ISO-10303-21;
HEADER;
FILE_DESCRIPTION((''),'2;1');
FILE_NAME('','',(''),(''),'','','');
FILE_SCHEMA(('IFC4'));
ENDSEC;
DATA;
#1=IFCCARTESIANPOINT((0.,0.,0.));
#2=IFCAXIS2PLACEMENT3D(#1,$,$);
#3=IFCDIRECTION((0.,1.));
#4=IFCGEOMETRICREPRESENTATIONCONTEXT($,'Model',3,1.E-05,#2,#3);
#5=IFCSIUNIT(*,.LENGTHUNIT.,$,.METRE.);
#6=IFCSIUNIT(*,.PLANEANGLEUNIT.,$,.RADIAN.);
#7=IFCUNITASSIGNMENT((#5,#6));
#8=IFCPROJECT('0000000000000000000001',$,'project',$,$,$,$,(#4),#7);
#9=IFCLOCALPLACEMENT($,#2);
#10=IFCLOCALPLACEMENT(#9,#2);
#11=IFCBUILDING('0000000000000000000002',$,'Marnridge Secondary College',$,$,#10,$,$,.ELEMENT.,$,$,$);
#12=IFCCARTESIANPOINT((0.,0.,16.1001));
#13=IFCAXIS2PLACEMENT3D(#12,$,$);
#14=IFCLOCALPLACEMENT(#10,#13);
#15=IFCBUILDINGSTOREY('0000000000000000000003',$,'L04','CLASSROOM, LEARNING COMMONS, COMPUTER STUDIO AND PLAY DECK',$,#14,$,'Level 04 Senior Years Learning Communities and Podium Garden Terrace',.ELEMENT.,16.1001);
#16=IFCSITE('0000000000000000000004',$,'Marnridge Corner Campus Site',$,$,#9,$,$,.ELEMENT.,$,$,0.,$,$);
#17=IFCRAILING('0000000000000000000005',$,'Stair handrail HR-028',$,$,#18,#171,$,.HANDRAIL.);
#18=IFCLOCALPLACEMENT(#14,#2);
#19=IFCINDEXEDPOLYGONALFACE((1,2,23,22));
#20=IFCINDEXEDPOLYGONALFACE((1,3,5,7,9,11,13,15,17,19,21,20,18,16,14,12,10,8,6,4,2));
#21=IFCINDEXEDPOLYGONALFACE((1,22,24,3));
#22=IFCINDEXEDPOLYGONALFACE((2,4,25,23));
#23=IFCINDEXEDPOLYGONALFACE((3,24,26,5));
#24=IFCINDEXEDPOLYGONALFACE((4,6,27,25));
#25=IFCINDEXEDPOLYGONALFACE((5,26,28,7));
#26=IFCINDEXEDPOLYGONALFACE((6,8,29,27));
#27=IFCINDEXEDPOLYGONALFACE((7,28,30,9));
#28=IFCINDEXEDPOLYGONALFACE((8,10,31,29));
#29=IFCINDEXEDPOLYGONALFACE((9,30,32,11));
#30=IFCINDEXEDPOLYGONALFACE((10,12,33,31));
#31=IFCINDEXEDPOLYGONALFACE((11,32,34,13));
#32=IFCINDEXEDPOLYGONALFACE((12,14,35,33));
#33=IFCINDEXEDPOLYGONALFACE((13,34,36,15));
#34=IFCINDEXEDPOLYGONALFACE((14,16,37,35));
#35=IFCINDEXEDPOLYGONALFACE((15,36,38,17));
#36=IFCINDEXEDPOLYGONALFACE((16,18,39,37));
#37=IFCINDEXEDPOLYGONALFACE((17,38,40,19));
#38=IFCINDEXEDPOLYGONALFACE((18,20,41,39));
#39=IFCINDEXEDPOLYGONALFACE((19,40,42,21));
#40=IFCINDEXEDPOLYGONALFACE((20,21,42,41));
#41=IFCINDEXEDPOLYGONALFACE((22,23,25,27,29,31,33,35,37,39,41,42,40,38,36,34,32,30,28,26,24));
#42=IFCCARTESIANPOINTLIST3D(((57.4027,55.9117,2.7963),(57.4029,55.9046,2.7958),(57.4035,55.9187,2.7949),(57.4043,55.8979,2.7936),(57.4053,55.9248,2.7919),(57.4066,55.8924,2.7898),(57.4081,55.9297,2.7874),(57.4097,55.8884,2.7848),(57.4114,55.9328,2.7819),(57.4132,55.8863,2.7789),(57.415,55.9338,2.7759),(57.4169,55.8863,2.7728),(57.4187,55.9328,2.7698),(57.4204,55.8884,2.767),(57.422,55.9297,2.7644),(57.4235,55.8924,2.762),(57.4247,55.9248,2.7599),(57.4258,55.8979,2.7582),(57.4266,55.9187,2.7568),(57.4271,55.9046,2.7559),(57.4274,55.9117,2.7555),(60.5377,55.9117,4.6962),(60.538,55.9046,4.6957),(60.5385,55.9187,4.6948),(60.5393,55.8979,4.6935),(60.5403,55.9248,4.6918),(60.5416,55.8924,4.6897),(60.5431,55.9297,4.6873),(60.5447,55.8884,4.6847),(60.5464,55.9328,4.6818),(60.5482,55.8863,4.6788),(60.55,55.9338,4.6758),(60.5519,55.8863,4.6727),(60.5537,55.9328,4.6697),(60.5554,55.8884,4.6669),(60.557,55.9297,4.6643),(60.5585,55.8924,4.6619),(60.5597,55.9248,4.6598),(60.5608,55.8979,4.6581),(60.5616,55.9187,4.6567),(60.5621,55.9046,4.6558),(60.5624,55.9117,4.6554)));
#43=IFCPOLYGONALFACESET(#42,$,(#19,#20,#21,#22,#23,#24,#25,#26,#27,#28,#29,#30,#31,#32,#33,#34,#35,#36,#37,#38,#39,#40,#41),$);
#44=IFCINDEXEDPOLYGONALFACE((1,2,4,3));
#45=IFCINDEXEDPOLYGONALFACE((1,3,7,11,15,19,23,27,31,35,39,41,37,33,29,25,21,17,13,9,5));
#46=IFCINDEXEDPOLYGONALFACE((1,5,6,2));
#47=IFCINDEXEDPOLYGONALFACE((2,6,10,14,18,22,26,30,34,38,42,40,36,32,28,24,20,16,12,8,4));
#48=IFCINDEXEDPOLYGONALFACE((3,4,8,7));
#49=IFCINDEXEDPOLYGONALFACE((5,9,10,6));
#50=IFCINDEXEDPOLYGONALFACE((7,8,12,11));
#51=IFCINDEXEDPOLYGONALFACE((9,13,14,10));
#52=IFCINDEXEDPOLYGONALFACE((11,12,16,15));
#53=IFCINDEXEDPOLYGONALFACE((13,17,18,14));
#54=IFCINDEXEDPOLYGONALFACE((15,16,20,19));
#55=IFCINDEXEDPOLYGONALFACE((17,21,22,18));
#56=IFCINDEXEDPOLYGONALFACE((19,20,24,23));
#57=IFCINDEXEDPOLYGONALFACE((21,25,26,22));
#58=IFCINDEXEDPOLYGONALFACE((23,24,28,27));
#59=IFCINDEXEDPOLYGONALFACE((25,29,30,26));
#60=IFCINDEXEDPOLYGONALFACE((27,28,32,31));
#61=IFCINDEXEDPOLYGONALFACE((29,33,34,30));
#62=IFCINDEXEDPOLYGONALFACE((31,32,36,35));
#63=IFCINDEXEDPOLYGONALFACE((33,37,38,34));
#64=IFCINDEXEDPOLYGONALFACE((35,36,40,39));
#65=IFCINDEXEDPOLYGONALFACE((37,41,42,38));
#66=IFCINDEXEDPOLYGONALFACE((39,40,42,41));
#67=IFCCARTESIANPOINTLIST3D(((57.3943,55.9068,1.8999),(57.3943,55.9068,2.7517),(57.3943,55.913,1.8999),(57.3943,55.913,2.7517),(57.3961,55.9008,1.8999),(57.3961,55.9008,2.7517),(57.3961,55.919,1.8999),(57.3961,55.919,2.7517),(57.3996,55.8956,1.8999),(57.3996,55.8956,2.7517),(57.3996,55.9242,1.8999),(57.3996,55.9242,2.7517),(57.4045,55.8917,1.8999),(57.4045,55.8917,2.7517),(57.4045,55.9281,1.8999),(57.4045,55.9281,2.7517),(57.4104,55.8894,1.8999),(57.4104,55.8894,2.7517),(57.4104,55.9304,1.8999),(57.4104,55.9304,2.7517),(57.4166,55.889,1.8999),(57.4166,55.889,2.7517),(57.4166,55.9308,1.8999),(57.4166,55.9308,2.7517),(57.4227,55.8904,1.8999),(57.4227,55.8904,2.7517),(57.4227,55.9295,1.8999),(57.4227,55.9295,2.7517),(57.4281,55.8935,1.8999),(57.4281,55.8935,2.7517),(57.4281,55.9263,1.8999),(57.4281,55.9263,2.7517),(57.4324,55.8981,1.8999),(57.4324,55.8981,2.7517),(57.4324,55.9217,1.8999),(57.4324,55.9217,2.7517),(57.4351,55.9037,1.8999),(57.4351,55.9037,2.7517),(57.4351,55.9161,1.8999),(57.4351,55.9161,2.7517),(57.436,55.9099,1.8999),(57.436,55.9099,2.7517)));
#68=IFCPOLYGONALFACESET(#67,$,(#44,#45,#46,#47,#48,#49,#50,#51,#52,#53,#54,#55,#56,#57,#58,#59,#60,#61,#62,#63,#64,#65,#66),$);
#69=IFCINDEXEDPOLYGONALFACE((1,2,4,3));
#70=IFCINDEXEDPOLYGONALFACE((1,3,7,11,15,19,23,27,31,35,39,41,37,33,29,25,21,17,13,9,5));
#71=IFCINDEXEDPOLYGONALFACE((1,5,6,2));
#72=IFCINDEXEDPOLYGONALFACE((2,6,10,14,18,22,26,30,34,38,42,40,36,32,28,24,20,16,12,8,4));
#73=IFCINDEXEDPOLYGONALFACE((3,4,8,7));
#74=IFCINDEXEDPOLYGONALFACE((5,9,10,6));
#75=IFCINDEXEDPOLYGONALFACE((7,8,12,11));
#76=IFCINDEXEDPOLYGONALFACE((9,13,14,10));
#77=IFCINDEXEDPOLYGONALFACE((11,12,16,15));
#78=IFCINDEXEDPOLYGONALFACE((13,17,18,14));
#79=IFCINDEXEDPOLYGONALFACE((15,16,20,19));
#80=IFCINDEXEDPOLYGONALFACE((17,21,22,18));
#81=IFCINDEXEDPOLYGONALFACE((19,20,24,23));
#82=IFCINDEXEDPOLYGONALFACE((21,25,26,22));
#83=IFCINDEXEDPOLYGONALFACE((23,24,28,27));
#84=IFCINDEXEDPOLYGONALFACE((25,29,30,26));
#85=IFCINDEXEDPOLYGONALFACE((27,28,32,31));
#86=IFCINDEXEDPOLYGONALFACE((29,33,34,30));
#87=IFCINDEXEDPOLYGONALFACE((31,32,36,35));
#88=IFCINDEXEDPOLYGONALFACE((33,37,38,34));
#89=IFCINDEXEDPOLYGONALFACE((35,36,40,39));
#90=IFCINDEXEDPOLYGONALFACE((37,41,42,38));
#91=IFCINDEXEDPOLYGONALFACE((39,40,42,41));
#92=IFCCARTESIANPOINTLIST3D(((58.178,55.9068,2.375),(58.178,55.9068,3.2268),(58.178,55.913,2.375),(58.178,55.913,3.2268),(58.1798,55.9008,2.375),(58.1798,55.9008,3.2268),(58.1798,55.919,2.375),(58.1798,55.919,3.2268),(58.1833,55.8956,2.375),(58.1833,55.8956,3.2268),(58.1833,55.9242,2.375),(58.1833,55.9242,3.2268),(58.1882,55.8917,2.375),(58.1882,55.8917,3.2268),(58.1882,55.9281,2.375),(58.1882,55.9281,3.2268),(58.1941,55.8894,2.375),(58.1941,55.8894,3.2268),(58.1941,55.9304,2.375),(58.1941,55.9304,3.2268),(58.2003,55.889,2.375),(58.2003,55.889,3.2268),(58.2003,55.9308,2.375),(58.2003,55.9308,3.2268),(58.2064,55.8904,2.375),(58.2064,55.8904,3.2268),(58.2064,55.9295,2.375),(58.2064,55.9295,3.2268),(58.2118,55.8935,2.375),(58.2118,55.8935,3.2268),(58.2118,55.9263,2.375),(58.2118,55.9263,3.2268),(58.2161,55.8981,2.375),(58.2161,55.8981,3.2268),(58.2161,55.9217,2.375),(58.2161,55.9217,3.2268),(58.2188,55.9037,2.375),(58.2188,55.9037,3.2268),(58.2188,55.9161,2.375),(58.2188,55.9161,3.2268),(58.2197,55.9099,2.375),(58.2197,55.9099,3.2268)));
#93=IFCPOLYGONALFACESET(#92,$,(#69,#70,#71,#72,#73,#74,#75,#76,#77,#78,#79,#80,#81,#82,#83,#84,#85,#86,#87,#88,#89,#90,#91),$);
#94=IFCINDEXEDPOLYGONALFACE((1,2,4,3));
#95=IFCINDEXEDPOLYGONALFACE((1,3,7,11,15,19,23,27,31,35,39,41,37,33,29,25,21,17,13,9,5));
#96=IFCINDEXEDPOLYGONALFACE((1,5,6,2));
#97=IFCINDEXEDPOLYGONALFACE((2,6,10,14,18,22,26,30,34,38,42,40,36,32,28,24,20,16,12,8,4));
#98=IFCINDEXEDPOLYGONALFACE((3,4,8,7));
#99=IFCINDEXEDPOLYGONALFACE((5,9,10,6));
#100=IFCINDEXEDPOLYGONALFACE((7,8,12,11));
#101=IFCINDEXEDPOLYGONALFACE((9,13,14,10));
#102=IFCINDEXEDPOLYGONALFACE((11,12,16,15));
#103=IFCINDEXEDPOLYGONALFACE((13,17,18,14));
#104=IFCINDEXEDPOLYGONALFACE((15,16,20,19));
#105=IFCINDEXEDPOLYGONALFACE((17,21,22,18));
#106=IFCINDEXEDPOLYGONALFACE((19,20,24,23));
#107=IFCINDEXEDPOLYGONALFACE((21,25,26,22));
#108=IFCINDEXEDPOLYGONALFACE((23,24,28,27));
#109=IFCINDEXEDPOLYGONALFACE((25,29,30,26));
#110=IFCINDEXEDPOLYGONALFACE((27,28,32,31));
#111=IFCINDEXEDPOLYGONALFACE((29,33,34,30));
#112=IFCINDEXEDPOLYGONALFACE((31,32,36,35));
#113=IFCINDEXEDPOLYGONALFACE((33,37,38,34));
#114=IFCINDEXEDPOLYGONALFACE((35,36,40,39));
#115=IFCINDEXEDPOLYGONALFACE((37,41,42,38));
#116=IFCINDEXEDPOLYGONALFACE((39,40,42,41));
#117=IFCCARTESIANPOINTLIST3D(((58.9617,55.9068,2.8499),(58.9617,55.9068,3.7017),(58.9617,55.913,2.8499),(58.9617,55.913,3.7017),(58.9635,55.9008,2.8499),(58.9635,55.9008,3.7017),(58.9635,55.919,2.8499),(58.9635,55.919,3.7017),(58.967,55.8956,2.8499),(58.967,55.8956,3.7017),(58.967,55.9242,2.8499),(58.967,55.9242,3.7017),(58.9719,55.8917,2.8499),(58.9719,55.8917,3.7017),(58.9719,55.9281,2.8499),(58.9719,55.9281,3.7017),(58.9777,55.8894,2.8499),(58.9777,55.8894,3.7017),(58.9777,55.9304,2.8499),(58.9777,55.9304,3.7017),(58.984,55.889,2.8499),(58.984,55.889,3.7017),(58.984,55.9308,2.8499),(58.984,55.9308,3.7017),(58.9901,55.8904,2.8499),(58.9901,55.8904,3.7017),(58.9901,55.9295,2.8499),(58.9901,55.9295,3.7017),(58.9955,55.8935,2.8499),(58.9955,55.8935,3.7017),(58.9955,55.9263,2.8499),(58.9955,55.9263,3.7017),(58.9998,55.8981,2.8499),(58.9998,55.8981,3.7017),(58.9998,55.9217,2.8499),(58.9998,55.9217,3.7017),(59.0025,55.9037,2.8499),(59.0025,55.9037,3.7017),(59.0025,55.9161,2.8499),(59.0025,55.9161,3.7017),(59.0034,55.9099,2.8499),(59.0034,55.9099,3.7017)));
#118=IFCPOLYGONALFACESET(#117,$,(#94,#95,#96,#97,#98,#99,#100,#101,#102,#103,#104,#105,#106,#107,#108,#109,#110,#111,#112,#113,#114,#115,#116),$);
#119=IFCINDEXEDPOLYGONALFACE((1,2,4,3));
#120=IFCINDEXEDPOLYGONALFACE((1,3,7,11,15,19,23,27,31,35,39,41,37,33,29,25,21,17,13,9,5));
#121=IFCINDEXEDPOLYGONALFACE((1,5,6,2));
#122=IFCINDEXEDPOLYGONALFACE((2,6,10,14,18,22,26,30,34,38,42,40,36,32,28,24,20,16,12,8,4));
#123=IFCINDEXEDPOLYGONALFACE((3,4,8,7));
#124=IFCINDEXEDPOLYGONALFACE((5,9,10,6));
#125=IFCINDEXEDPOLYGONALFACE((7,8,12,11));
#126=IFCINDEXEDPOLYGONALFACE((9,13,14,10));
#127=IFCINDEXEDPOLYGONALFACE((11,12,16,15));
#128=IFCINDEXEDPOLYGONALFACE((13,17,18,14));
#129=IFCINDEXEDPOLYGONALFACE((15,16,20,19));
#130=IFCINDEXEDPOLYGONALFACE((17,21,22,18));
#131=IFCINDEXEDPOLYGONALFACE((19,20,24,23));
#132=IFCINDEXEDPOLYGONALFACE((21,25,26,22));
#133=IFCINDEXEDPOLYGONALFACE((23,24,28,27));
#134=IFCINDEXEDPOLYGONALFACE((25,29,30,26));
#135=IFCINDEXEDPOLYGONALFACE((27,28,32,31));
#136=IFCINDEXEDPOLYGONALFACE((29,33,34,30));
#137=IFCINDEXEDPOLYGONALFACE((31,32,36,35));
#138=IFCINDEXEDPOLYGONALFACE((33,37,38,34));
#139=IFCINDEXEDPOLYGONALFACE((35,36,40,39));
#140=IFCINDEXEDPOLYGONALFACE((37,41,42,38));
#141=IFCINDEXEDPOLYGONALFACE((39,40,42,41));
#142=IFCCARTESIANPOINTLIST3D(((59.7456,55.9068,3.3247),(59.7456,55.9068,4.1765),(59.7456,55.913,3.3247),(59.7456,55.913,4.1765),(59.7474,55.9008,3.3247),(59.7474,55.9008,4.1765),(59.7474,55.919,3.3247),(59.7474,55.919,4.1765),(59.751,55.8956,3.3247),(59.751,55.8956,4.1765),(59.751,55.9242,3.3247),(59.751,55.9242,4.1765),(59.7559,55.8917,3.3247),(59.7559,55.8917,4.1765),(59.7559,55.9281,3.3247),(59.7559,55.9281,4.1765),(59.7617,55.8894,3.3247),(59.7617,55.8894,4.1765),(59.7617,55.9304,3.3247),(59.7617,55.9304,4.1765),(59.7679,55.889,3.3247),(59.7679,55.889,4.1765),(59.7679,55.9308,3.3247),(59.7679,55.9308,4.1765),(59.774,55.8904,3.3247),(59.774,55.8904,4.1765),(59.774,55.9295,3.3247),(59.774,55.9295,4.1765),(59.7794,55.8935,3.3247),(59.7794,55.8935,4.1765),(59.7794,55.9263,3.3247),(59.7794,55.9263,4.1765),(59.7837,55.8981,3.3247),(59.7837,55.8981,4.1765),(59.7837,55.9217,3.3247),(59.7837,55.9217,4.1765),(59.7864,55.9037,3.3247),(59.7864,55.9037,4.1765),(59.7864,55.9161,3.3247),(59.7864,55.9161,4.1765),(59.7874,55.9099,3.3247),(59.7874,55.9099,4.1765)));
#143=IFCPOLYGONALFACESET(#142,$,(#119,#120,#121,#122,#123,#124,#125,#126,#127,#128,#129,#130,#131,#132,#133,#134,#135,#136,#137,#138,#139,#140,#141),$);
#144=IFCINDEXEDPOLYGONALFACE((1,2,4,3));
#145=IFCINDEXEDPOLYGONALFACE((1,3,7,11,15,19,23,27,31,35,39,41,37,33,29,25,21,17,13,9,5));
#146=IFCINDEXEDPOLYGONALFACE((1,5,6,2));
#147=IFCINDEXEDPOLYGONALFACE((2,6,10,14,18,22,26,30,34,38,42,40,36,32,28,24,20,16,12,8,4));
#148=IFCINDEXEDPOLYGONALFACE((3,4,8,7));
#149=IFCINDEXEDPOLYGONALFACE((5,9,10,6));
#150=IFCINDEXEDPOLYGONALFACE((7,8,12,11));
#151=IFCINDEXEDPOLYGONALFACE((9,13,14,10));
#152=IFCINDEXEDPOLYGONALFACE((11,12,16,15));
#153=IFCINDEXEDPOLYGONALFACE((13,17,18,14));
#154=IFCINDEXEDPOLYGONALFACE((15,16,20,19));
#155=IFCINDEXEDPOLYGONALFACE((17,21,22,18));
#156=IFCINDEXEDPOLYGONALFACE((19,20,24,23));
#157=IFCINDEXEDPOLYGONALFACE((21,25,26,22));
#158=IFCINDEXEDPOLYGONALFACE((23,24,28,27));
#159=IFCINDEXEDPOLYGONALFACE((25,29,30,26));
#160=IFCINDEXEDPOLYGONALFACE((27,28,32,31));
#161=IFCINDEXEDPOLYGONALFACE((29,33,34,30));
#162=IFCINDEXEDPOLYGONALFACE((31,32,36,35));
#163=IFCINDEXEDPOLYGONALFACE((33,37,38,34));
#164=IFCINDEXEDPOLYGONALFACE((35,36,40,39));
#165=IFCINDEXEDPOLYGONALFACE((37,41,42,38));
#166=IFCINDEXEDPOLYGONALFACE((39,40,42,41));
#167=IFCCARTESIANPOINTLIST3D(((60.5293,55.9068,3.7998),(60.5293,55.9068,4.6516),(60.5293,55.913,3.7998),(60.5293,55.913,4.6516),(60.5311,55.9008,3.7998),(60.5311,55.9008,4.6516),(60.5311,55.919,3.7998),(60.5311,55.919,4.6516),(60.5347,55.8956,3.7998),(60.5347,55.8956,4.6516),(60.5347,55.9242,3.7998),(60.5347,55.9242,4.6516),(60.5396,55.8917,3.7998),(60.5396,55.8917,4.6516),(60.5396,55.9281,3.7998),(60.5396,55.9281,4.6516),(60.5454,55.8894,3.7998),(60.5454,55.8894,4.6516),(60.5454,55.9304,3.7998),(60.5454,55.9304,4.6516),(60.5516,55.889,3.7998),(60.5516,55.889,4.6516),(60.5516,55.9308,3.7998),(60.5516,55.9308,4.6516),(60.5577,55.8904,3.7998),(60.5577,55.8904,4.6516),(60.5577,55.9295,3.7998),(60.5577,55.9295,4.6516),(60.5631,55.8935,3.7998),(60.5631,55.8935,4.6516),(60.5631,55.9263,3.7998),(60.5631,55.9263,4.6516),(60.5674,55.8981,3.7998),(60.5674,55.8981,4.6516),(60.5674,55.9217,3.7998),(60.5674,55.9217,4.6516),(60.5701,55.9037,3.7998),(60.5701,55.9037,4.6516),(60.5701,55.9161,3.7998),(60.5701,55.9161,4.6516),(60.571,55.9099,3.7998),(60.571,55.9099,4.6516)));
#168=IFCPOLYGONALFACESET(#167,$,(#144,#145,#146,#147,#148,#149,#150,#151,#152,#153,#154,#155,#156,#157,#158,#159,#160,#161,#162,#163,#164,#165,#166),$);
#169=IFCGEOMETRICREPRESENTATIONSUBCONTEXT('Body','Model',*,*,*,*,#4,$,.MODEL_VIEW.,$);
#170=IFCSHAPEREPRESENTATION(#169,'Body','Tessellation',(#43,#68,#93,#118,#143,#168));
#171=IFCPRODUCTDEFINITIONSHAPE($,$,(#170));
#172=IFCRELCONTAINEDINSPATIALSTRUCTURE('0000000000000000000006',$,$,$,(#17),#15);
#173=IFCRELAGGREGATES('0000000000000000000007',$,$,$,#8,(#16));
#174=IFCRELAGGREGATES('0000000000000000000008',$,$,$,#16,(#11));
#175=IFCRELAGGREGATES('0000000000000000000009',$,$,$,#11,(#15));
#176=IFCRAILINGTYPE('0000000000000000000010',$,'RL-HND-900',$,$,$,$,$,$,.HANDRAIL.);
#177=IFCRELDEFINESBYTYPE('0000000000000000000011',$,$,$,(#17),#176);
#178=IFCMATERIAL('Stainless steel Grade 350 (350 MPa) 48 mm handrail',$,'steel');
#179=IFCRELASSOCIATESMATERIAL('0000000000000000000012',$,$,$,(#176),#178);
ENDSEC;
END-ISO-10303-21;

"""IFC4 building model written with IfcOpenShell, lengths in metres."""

from ifc_helpers import new_model, si_unit, direction, frame, origin, origin_2d, place, context, subcontext, project, spatial, circle, extrude, material, type_object, element, save


model = new_model("IFC4")

# Units and contexts
model_context = context("Model", 3, precision=1e-05, world=origin(), true_north=direction((0.0, 1.0)))
body_context = subcontext(model_context, "Body", "Model", "MODEL_VIEW")
ifc_project = project(units=[si_unit("LENGTHUNIT", "METRE"), si_unit("PLANEANGLEUNIT", "RADIAN")], contexts=[model_context])

# Site, building, storey
site_placement = place(None, origin())
site = spatial("IfcSite", under=ifc_project, at=site_placement, Name="Marnridge Corner Campus Site", CompositionType="ELEMENT", RefElevation=0.0)
building_placement = place(site_placement, origin())
building = spatial("IfcBuilding", under=site, at=building_placement, Name="Marnridge Secondary College", CompositionType="ELEMENT")
storey_placement = place(building_placement, frame((0.0, 0.0, 16.1001)))
storey = spatial("IfcBuildingStorey", under=building, at=storey_placement, Name="L04", Description="CLASSROOM, LEARNING COMMONS, COMPUTER STUDIO AND PLAY DECK", LongName="Level 04 Senior Years Learning Communities and Podium Garden Terrace", CompositionType="ELEMENT", Elevation=16.1001)

# Railing
ifc_material_1 = material(Name="Stainless steel Grade 350 (350 MPa) 48 mm handrail", Category="steel")
railing_type_1 = type_object("IfcRailingType", Name="RL-HND-900", PredefinedType="HANDRAIL", material=ifc_material_1)
railing_1_placement = place(storey_placement, frame((57.415, 55.9099, 1.8999)))
element("IfcRailing", 1, at=railing_1_placement, inside=storey, type_object=railing_type_1, Name="Stair handrail HR-028", PredefinedType="HANDRAIL", context=body_context, shape_type="SweptSolid", body=[
    extrude(circle(Radius=0.0239, at=origin_2d()), frame((0.0, 0.0, 0.876), z_axis=(0.85521, 0.0, 0.518281), x_axis=(0.0, 1.0, 0.0)), (0.0, 0.0, 1.0), 3.6658),
    extrude(circle(Radius=0.021, at=origin_2d()), origin(), (0.0, 0.0, 1.0), 0.8518),
    extrude(circle(Radius=0.021, at=origin_2d()), frame((0.7837, 0.0, 0.4751)), (0.0, 0.0, 1.0), 0.8518),
    extrude(circle(Radius=0.021, at=origin_2d()), frame((1.5674, 0.0, 0.95)), (0.0, 0.0, 1.0), 0.8518),
    extrude(circle(Radius=0.021, at=origin_2d()), frame((2.3513, 0.0, 1.4248)), (0.0, 0.0, 1.0), 0.8518),
    extrude(circle(Radius=0.021, at=origin_2d()), frame((3.135, 0.0, 1.8999)), (0.0, 0.0, 1.0), 0.8518),
])

save(model, "model.ifc")
